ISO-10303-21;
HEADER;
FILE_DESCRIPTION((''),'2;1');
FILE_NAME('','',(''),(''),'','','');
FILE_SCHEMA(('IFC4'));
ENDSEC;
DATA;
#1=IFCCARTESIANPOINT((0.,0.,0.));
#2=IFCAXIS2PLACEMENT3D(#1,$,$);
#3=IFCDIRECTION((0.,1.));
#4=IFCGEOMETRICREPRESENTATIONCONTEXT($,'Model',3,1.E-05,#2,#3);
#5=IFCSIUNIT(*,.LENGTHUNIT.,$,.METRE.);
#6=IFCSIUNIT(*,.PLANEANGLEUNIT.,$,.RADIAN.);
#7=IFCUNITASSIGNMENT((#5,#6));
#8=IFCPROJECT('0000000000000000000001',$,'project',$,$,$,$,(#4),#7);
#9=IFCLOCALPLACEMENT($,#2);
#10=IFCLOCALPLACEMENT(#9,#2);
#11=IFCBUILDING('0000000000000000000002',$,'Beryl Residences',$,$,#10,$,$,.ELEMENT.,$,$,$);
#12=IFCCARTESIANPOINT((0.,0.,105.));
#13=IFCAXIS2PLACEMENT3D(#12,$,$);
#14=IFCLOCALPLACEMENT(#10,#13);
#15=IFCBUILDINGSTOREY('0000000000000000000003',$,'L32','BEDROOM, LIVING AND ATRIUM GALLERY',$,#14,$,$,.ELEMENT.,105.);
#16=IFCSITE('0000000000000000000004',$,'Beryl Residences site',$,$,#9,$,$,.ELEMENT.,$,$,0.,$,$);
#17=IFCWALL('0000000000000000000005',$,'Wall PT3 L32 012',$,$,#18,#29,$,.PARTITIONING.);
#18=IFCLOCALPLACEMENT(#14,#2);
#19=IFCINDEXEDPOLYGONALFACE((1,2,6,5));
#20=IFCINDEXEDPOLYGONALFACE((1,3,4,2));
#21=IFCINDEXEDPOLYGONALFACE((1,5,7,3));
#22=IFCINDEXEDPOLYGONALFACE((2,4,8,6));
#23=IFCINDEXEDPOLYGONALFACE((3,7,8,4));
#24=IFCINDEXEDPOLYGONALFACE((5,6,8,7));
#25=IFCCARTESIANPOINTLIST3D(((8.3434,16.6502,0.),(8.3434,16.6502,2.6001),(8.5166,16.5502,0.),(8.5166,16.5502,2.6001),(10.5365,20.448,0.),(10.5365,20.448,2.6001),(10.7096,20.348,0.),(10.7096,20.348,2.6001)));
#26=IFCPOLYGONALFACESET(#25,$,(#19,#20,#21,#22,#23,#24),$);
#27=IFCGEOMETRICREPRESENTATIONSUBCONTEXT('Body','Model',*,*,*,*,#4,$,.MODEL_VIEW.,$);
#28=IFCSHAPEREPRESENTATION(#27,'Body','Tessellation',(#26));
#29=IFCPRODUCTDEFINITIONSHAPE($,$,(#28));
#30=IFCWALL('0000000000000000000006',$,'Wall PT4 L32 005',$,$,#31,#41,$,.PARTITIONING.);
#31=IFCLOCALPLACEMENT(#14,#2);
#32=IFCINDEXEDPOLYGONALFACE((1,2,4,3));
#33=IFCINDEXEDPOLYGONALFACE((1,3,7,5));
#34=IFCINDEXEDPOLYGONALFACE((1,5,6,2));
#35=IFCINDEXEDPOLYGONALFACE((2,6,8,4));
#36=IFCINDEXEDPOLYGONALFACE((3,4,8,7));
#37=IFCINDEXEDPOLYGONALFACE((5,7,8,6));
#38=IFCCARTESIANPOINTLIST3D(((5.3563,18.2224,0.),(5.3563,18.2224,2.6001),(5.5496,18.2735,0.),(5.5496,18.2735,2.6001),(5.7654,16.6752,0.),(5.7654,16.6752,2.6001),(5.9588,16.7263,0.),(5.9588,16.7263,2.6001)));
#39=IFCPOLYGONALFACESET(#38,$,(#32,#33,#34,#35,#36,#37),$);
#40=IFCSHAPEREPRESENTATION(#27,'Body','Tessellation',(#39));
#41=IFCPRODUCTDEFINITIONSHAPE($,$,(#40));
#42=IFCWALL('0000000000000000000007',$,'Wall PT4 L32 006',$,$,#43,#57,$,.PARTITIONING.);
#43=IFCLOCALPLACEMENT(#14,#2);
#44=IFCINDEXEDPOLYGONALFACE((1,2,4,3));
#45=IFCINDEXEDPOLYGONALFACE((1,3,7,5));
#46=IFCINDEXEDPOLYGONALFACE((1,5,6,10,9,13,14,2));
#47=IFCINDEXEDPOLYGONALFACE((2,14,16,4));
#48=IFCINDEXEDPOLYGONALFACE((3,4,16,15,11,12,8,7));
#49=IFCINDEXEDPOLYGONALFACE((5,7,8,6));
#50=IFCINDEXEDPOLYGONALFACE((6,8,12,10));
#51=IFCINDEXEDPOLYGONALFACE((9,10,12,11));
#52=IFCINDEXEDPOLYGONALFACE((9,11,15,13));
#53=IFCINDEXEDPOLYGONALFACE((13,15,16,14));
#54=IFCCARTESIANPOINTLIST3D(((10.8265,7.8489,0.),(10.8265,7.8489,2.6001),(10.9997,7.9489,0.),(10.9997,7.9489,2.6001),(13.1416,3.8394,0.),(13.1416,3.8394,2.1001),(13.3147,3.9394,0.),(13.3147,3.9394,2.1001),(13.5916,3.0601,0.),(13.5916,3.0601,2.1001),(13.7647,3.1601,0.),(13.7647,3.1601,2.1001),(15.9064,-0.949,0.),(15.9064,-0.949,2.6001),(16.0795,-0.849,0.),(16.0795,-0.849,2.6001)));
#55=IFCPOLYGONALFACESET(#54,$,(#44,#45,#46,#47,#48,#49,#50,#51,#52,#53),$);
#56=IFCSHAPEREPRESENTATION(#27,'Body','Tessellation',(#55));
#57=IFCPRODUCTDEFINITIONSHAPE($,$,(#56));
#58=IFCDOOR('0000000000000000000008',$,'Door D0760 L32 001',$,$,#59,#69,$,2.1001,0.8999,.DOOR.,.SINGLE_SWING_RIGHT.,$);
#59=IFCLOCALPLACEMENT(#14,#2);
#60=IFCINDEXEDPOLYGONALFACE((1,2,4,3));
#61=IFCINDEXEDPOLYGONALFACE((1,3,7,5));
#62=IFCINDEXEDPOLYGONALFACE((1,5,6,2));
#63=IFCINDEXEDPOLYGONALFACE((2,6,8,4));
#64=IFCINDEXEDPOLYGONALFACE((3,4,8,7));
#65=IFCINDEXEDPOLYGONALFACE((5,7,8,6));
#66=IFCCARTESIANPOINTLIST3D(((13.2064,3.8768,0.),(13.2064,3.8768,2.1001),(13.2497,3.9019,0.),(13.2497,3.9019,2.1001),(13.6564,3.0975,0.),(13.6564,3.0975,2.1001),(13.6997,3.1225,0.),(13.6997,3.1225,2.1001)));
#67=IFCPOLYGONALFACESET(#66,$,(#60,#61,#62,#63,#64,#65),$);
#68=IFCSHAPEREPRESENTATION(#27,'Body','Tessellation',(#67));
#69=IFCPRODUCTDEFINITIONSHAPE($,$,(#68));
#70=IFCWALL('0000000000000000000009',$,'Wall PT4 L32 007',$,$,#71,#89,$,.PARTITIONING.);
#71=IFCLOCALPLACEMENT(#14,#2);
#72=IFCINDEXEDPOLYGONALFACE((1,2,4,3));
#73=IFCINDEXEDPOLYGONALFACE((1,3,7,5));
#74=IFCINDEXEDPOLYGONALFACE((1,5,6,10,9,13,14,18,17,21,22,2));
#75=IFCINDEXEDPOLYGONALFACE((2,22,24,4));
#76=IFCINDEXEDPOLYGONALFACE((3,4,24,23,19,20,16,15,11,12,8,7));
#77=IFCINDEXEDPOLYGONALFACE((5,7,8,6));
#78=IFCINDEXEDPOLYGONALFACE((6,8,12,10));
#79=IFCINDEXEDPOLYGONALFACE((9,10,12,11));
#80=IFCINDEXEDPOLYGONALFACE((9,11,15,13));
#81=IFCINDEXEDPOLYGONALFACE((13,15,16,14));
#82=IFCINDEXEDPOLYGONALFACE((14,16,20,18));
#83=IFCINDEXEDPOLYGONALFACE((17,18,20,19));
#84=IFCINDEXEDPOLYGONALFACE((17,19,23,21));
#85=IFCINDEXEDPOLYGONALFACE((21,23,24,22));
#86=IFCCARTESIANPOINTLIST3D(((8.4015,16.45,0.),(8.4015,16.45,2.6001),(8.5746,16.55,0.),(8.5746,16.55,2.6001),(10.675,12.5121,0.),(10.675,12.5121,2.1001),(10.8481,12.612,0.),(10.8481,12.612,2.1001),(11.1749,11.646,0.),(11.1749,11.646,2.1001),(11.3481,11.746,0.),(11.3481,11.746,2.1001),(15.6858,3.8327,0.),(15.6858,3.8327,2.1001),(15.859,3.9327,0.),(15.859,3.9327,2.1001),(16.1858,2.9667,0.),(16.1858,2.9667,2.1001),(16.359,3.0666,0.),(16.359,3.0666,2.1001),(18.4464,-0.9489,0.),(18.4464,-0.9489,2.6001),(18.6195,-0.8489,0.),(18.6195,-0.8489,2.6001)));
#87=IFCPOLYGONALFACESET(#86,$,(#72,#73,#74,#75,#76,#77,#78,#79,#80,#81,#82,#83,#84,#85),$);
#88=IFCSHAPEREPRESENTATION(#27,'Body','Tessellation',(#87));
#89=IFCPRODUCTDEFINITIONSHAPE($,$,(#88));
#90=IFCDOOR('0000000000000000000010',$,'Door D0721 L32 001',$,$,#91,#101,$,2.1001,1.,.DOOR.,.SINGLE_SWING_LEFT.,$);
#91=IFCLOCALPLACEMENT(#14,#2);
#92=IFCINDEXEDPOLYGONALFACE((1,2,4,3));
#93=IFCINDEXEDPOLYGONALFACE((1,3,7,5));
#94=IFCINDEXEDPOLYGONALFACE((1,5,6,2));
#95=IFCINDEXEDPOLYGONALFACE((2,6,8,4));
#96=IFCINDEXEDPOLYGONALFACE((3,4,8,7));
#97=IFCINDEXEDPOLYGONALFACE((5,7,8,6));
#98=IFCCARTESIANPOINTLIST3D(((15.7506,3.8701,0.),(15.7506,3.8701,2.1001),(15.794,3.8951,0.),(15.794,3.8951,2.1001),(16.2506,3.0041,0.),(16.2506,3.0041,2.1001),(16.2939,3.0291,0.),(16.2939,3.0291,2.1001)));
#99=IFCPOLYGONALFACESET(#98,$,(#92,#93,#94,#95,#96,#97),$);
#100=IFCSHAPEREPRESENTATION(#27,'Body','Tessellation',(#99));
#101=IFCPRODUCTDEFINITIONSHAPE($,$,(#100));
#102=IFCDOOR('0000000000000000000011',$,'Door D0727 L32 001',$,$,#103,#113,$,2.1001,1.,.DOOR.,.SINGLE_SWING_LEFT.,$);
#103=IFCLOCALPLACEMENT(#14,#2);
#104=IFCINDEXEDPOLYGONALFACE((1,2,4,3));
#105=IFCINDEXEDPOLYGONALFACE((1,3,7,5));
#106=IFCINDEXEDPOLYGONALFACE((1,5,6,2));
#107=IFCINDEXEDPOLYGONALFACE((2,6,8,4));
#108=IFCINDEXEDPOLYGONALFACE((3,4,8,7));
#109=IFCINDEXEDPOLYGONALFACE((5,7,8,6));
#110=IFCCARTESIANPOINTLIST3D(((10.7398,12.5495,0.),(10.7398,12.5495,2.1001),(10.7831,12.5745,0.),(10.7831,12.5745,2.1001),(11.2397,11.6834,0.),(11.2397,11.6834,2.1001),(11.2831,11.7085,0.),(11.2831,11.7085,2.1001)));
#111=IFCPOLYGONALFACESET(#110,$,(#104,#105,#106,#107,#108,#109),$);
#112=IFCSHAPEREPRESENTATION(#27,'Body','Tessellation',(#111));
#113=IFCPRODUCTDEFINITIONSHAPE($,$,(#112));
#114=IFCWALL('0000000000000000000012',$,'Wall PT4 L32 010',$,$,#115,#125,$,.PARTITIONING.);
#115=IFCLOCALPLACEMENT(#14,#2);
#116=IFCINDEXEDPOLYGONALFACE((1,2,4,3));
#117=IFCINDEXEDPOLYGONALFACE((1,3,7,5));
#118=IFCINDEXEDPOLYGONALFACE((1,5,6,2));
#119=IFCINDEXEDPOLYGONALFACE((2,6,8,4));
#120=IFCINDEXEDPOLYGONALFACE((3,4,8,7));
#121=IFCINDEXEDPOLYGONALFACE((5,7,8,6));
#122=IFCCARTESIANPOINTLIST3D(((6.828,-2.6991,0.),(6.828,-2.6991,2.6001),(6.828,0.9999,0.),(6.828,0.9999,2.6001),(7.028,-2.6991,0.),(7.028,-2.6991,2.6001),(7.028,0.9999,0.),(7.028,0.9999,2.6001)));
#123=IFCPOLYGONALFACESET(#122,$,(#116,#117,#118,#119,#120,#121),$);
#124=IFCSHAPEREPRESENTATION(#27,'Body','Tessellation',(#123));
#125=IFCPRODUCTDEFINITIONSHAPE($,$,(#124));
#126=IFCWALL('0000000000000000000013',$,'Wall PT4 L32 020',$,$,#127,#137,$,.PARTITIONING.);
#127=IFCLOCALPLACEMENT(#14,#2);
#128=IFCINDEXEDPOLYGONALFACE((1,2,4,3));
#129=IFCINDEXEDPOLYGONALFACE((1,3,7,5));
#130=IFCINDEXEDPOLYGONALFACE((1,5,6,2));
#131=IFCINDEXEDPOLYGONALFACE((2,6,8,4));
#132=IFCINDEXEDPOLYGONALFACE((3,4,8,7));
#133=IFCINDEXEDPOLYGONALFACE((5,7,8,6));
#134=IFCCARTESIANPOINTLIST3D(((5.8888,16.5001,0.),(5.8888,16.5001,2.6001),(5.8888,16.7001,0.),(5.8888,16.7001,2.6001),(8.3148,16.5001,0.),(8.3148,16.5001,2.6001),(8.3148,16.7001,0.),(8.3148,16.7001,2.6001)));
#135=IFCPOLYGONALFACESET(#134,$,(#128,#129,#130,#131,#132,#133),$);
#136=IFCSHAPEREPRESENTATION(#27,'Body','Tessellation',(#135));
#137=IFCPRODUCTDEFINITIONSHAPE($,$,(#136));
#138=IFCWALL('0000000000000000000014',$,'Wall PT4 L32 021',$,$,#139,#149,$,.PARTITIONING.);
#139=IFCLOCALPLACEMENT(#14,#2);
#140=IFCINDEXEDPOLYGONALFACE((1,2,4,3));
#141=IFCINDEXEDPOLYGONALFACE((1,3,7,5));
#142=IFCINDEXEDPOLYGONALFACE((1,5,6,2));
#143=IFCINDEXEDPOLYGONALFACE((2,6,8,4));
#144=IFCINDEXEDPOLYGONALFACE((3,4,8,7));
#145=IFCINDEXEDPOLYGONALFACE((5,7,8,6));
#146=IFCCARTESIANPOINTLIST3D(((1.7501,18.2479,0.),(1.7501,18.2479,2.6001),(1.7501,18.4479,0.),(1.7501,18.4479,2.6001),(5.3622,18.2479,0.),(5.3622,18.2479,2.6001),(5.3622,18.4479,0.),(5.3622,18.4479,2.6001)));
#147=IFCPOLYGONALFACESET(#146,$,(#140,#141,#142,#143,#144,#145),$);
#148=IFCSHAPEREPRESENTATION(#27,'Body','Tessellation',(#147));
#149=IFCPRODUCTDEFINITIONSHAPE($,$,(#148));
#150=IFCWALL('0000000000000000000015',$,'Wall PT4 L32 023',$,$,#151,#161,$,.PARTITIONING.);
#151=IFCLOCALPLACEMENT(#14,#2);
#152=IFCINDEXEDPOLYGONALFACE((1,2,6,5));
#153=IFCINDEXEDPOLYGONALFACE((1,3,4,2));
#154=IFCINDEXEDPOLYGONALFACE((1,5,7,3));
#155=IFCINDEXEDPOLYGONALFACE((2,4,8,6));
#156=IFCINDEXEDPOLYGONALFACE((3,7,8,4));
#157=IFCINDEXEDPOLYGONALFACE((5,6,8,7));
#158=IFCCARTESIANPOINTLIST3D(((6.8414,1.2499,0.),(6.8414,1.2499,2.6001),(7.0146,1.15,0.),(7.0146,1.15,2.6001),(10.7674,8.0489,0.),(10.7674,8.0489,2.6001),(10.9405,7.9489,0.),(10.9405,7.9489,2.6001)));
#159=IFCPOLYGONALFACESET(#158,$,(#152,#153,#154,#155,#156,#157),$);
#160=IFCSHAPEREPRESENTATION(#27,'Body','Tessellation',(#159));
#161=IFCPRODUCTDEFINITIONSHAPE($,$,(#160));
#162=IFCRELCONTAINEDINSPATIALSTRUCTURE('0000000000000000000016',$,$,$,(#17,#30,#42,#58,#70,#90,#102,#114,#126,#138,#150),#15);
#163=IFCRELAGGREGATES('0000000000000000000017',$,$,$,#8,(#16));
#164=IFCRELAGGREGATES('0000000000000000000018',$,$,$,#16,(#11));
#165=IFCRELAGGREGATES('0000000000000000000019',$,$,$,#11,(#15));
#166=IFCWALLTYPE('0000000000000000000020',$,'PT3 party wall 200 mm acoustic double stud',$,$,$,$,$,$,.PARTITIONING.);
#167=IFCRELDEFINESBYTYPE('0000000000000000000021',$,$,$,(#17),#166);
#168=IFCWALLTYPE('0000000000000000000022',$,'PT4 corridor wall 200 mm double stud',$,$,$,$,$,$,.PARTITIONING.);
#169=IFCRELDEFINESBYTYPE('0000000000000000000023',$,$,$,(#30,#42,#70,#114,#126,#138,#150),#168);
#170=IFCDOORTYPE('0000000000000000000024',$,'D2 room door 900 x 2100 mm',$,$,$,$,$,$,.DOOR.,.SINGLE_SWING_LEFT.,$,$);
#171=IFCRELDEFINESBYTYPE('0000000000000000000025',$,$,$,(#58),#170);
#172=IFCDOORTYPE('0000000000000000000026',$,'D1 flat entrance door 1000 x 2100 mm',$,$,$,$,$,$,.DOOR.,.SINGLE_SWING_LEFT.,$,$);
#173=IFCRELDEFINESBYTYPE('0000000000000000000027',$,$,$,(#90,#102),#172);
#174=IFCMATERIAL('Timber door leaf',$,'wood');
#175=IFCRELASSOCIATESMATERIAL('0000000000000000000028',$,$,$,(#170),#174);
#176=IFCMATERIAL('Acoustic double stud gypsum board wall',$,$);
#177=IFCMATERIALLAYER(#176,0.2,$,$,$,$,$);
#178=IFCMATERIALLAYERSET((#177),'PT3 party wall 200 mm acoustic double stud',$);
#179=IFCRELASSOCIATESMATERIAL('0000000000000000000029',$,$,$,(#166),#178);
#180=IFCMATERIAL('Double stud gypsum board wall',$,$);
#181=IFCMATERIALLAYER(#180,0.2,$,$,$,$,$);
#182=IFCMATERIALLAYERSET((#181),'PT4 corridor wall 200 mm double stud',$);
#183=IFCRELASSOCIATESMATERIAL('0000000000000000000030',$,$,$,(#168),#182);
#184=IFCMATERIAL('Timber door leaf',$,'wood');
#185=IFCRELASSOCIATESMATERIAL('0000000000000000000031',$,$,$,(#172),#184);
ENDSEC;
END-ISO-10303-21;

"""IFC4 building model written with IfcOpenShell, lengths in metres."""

from ifc_helpers import new_model, si_unit, direction, frame, frame_2d, origin, place, context, subcontext, project, spatial, rectangle, extrude, material, layer, layer_set, type_object, element, fill, save


model = new_model("IFC4")

# Units and contexts
model_context = context("Model", 3, precision=1e-05, world=origin(), true_north=direction((0.0, 1.0)))
body_context = subcontext(model_context, "Body", "Model", "MODEL_VIEW")
ifc_project = project(units=[si_unit("LENGTHUNIT", "METRE"), si_unit("PLANEANGLEUNIT", "RADIAN")], contexts=[model_context])

# Site, building, storey
site_placement = place(None, origin())
site = spatial("IfcSite", under=ifc_project, at=site_placement, Name="Beryl Residences site", CompositionType="ELEMENT", RefElevation=0.0)
building_placement = place(site_placement, origin())
building = spatial("IfcBuilding", under=site, at=building_placement, Name="Beryl Residences", CompositionType="ELEMENT")
storey_placement = place(building_placement, frame((0.0, 0.0, 105.0)))
storey = spatial("IfcBuildingStorey", under=building, at=storey_placement, Name="L32", Description="BEDROOM, LIVING AND ATRIUM GALLERY", CompositionType="ELEMENT", Elevation=105.0)

# Shared definitions
ifc_material_1 = material(Name="Timber door leaf", Category="wood")
door_type_1 = type_object("IfcDoorType", Name="D2 room door 900 x 2100 mm", OperationType="SINGLE_SWING_LEFT", PredefinedType="DOOR", material=ifc_material_1)

# Walls
ifc_material_2 = material(Name="Acoustic double stud gypsum board wall")
ifc_layer_1 = layer(ifc_material_2, 0.2)
ifc_layer_set_1 = layer_set([ifc_layer_1], Name="PT3 party wall 200 mm acoustic double stud")
wall_type_1 = type_object("IfcWallType", Name="PT3 party wall 200 mm acoustic double stud", PredefinedType="PARTITIONING", material=ifc_layer_set_1)
wall_1_placement = place(storey_placement, frame((8.4299, 16.6001, 0.0), z_axis=(0.0, 0.0, 1.0), x_axis=(0.500073, 0.865983, 0.0)))
element("IfcWall", 1, at=wall_1_placement, inside=storey, type_object=wall_type_1, Name="Wall PT3 L32 012", PredefinedType="PARTITIONING", context=body_context, shape_type="SweptSolid", body=[
    extrude(rectangle(XDim=4.3855, YDim=0.2, at=frame_2d((2.1929, 0.0))), origin(), (0.0, 0.0, 1.0), 2.6001),
])
ifc_material_3 = material(Name="Double stud gypsum board wall")
ifc_layer_2 = layer(ifc_material_3, 0.2)
ifc_layer_set_2 = layer_set([ifc_layer_2], Name="PT4 corridor wall 200 mm double stud")
wall_type_2 = type_object("IfcWallType", Name="PT4 corridor wall 200 mm double stud", PredefinedType="PARTITIONING", material=ifc_layer_set_2)
wall_2_placement = place(storey_placement, frame((5.4529, 18.248, 0.0), z_axis=(0.0, 0.0, 1.0), x_axis=(0.255687, -0.96676, 0.0)))
element("IfcWall", 2, at=wall_2_placement, inside=storey, type_object=wall_type_2, Name="Wall PT4 L32 005", PredefinedType="PARTITIONING", context=body_context, shape_type="SweptSolid", body=[
    extrude(rectangle(XDim=1.6003, YDim=0.2, at=frame_2d((0.8003, 0.0))), origin(), (0.0, 0.0, 1.0), 2.6001),
])

# Wall, opening, door
wall_3_placement = place(storey_placement, frame((10.9131, 7.8989, 0.0), z_axis=(0.0, 0.0, 1.0), x_axis=(0.500029, -0.866009, 0.0)))
wall_3 = element("IfcWall", 3, at=wall_3_placement, inside=storey, type_object=wall_type_2, Name="Wall PT4 L32 006", PredefinedType="PARTITIONING", context=body_context, shape_type="SweptSolid", body=[
    extrude(rectangle(XDim=10.1592, YDim=0.2, at=frame_2d((5.0796, 0.0))), origin(), (0.0, 0.0, 1.0), 2.6001),
])
opening_1_placement = place(wall_3_placement, frame((4.6299, 0.0, 0.0)))
opening_1 = element("IfcOpeningElement", 4, at=opening_1_placement, cuts=wall_3, PredefinedType="OPENING", context=body_context, shape_type="SweptSolid", body=[
    extrude(rectangle(XDim=0.8999, YDim=2.1001, at=frame_2d((0.45, 1.05))), frame((0.0, 0.1099, 0.0), z_axis=(0.0, -1.0, 0.0), x_axis=(1.0, 0.0, 0.0)), (0.0, 0.0, 1.0), 0.22),
])
door_1_placement = place(opening_1_placement, origin())
door_1 = element("IfcDoor", 5, at=door_1_placement, inside=storey, type_object=door_type_1, Name="Door D0760 L32 001", OperationType="SINGLE_SWING_RIGHT", OverallHeight=2.1001, OverallWidth=0.8999, PredefinedType="DOOR", context=body_context, shape_type="SweptSolid", body=[
    extrude(rectangle(XDim=0.8999, YDim=2.1001, at=frame_2d((0.45, 1.05))), frame((0.0, 0.0249, 0.0), z_axis=(0.0, -1.0, 0.0), x_axis=(1.0, 0.0, 0.0)), (0.0, 0.0, 1.0), 0.05),
])
fill(opening_1, door_1)

# Wall, openings, doors
wall_4_placement = place(storey_placement, frame((8.488, 16.5, 0.0), z_axis=(0.0, 0.0, 1.0), x_axis=(0.499987, -0.866033, 0.0)))
wall_4 = element("IfcWall", 6, at=wall_4_placement, inside=storey, type_object=wall_type_2, Name="Wall PT4 L32 007", PredefinedType="PARTITIONING", context=body_context, shape_type="SweptSolid", body=[
    extrude(rectangle(XDim=20.0903, YDim=0.2, at=frame_2d((10.0452, 0.0))), origin(), (0.0, 0.0, 1.0), 2.6001),
])
opening_2_placement = place(wall_4_placement, frame((14.5691, 0.0, 0.0)))
opening_2 = element("IfcOpeningElement", 7, at=opening_2_placement, cuts=wall_4, PredefinedType="OPENING", context=body_context, shape_type="SweptSolid", body=[
    extrude(rectangle(XDim=1.0, YDim=2.1001, at=frame_2d((0.5, 1.05))), frame((0.0, 0.1099, 0.0), z_axis=(0.0, -1.0, 0.0), x_axis=(1.0, 0.0, 0.0)), (0.0, 0.0, 1.0), 0.22),
])
opening_3_placement = place(wall_4_placement, frame((4.5471, 0.0, 0.0)))
opening_3 = element("IfcOpeningElement", 8, at=opening_3_placement, cuts=wall_4, PredefinedType="OPENING", context=body_context, shape_type="SweptSolid", body=[
    extrude(rectangle(XDim=1.0, YDim=2.1001, at=frame_2d((0.5, 1.05))), frame((0.0, 0.1099, 0.0), z_axis=(0.0, -1.0, 0.0), x_axis=(1.0, 0.0, 0.0)), (0.0, 0.0, 1.0), 0.22),
])
ifc_material_4 = material(Name="Timber door leaf", Category="wood")
door_type_2 = type_object("IfcDoorType", Name="D1 flat entrance door 1000 x 2100 mm", OperationType="SINGLE_SWING_LEFT", PredefinedType="DOOR", material=ifc_material_4)
door_2_placement = place(opening_2_placement, origin())
door_2 = element("IfcDoor", 9, at=door_2_placement, inside=storey, type_object=door_type_2, Name="Door D0721 L32 001", OperationType="SINGLE_SWING_LEFT", OverallHeight=2.1001, OverallWidth=1.0, PredefinedType="DOOR", context=body_context, shape_type="SweptSolid", body=[
    extrude(rectangle(XDim=1.0, YDim=2.1001, at=frame_2d((0.5, 1.05))), frame((0.0, 0.0249, 0.0), z_axis=(0.0, -1.0, 0.0), x_axis=(1.0, 0.0, 0.0)), (0.0, 0.0, 1.0), 0.05),
])
fill(opening_2, door_2)
door_3_placement = place(opening_3_placement, origin())
door_3 = element("IfcDoor", 10, at=door_3_placement, inside=storey, type_object=door_type_2, Name="Door D0727 L32 001", OperationType="SINGLE_SWING_LEFT", OverallHeight=2.1001, OverallWidth=1.0, PredefinedType="DOOR", context=body_context, shape_type="SweptSolid", body=[
    extrude(rectangle(XDim=1.0, YDim=2.1001, at=frame_2d((0.5, 1.05))), frame((0.0, 0.0249, 0.0), z_axis=(0.0, -1.0, 0.0), x_axis=(1.0, 0.0, 0.0)), (0.0, 0.0, 1.0), 0.05),
])
fill(opening_3, door_3)

# Walls
wall_5_placement = place(storey_placement, frame((6.928, 1.0, 0.0), z_axis=(0.0, 0.0, 1.0), x_axis=(0.0, -1.0, 0.0)))
element("IfcWall", 11, at=wall_5_placement, inside=storey, type_object=wall_type_2, Name="Wall PT4 L32 010", PredefinedType="PARTITIONING", context=body_context, shape_type="SweptSolid", body=[
    extrude(rectangle(XDim=3.699, YDim=0.2, at=frame_2d((1.8496, 0.0))), origin(), (0.0, 0.0, 1.0), 2.6001),
])
wall_6_placement = place(storey_placement, frame((5.8889, 16.6001, 0.0), z_axis=(0.0, 0.0, 1.0), x_axis=(1.0, 0.0, 0.0)))
element("IfcWall", 12, at=wall_6_placement, inside=storey, type_object=wall_type_2, Name="Wall PT4 L32 020", PredefinedType="PARTITIONING", context=body_context, shape_type="SweptSolid", body=[
    extrude(rectangle(XDim=2.426, YDim=0.2, at=frame_2d((1.2129, 0.0))), origin(), (0.0, 0.0, 1.0), 2.6001),
])
wall_7_placement = place(storey_placement, frame((1.75, 18.3479, 0.0), z_axis=(0.0, 0.0, 1.0), x_axis=(1.0, 0.0, 0.0)))
element("IfcWall", 13, at=wall_7_placement, inside=storey, type_object=wall_type_2, Name="Wall PT4 L32 021", PredefinedType="PARTITIONING", context=body_context, shape_type="SweptSolid", body=[
    extrude(rectangle(XDim=3.6121, YDim=0.2, at=frame_2d((1.8062, 0.0))), origin(), (0.0, 0.0, 1.0), 2.6001),
])
wall_8_placement = place(storey_placement, frame((6.928, 1.2, 0.0), z_axis=(0.0, 0.0, 1.0), x_axis=(0.500055, 0.865993, 0.0)))
element("IfcWall", 14, at=wall_8_placement, inside=storey, type_object=wall_type_2, Name="Wall PT4 L32 023", PredefinedType="PARTITIONING", context=body_context, shape_type="SweptSolid", body=[
    extrude(rectangle(XDim=7.8511, YDim=0.2, at=frame_2d((3.9255, 0.0))), origin(), (0.0, 0.0, 1.0), 2.6001),
])

save(model, "model.ifc")
